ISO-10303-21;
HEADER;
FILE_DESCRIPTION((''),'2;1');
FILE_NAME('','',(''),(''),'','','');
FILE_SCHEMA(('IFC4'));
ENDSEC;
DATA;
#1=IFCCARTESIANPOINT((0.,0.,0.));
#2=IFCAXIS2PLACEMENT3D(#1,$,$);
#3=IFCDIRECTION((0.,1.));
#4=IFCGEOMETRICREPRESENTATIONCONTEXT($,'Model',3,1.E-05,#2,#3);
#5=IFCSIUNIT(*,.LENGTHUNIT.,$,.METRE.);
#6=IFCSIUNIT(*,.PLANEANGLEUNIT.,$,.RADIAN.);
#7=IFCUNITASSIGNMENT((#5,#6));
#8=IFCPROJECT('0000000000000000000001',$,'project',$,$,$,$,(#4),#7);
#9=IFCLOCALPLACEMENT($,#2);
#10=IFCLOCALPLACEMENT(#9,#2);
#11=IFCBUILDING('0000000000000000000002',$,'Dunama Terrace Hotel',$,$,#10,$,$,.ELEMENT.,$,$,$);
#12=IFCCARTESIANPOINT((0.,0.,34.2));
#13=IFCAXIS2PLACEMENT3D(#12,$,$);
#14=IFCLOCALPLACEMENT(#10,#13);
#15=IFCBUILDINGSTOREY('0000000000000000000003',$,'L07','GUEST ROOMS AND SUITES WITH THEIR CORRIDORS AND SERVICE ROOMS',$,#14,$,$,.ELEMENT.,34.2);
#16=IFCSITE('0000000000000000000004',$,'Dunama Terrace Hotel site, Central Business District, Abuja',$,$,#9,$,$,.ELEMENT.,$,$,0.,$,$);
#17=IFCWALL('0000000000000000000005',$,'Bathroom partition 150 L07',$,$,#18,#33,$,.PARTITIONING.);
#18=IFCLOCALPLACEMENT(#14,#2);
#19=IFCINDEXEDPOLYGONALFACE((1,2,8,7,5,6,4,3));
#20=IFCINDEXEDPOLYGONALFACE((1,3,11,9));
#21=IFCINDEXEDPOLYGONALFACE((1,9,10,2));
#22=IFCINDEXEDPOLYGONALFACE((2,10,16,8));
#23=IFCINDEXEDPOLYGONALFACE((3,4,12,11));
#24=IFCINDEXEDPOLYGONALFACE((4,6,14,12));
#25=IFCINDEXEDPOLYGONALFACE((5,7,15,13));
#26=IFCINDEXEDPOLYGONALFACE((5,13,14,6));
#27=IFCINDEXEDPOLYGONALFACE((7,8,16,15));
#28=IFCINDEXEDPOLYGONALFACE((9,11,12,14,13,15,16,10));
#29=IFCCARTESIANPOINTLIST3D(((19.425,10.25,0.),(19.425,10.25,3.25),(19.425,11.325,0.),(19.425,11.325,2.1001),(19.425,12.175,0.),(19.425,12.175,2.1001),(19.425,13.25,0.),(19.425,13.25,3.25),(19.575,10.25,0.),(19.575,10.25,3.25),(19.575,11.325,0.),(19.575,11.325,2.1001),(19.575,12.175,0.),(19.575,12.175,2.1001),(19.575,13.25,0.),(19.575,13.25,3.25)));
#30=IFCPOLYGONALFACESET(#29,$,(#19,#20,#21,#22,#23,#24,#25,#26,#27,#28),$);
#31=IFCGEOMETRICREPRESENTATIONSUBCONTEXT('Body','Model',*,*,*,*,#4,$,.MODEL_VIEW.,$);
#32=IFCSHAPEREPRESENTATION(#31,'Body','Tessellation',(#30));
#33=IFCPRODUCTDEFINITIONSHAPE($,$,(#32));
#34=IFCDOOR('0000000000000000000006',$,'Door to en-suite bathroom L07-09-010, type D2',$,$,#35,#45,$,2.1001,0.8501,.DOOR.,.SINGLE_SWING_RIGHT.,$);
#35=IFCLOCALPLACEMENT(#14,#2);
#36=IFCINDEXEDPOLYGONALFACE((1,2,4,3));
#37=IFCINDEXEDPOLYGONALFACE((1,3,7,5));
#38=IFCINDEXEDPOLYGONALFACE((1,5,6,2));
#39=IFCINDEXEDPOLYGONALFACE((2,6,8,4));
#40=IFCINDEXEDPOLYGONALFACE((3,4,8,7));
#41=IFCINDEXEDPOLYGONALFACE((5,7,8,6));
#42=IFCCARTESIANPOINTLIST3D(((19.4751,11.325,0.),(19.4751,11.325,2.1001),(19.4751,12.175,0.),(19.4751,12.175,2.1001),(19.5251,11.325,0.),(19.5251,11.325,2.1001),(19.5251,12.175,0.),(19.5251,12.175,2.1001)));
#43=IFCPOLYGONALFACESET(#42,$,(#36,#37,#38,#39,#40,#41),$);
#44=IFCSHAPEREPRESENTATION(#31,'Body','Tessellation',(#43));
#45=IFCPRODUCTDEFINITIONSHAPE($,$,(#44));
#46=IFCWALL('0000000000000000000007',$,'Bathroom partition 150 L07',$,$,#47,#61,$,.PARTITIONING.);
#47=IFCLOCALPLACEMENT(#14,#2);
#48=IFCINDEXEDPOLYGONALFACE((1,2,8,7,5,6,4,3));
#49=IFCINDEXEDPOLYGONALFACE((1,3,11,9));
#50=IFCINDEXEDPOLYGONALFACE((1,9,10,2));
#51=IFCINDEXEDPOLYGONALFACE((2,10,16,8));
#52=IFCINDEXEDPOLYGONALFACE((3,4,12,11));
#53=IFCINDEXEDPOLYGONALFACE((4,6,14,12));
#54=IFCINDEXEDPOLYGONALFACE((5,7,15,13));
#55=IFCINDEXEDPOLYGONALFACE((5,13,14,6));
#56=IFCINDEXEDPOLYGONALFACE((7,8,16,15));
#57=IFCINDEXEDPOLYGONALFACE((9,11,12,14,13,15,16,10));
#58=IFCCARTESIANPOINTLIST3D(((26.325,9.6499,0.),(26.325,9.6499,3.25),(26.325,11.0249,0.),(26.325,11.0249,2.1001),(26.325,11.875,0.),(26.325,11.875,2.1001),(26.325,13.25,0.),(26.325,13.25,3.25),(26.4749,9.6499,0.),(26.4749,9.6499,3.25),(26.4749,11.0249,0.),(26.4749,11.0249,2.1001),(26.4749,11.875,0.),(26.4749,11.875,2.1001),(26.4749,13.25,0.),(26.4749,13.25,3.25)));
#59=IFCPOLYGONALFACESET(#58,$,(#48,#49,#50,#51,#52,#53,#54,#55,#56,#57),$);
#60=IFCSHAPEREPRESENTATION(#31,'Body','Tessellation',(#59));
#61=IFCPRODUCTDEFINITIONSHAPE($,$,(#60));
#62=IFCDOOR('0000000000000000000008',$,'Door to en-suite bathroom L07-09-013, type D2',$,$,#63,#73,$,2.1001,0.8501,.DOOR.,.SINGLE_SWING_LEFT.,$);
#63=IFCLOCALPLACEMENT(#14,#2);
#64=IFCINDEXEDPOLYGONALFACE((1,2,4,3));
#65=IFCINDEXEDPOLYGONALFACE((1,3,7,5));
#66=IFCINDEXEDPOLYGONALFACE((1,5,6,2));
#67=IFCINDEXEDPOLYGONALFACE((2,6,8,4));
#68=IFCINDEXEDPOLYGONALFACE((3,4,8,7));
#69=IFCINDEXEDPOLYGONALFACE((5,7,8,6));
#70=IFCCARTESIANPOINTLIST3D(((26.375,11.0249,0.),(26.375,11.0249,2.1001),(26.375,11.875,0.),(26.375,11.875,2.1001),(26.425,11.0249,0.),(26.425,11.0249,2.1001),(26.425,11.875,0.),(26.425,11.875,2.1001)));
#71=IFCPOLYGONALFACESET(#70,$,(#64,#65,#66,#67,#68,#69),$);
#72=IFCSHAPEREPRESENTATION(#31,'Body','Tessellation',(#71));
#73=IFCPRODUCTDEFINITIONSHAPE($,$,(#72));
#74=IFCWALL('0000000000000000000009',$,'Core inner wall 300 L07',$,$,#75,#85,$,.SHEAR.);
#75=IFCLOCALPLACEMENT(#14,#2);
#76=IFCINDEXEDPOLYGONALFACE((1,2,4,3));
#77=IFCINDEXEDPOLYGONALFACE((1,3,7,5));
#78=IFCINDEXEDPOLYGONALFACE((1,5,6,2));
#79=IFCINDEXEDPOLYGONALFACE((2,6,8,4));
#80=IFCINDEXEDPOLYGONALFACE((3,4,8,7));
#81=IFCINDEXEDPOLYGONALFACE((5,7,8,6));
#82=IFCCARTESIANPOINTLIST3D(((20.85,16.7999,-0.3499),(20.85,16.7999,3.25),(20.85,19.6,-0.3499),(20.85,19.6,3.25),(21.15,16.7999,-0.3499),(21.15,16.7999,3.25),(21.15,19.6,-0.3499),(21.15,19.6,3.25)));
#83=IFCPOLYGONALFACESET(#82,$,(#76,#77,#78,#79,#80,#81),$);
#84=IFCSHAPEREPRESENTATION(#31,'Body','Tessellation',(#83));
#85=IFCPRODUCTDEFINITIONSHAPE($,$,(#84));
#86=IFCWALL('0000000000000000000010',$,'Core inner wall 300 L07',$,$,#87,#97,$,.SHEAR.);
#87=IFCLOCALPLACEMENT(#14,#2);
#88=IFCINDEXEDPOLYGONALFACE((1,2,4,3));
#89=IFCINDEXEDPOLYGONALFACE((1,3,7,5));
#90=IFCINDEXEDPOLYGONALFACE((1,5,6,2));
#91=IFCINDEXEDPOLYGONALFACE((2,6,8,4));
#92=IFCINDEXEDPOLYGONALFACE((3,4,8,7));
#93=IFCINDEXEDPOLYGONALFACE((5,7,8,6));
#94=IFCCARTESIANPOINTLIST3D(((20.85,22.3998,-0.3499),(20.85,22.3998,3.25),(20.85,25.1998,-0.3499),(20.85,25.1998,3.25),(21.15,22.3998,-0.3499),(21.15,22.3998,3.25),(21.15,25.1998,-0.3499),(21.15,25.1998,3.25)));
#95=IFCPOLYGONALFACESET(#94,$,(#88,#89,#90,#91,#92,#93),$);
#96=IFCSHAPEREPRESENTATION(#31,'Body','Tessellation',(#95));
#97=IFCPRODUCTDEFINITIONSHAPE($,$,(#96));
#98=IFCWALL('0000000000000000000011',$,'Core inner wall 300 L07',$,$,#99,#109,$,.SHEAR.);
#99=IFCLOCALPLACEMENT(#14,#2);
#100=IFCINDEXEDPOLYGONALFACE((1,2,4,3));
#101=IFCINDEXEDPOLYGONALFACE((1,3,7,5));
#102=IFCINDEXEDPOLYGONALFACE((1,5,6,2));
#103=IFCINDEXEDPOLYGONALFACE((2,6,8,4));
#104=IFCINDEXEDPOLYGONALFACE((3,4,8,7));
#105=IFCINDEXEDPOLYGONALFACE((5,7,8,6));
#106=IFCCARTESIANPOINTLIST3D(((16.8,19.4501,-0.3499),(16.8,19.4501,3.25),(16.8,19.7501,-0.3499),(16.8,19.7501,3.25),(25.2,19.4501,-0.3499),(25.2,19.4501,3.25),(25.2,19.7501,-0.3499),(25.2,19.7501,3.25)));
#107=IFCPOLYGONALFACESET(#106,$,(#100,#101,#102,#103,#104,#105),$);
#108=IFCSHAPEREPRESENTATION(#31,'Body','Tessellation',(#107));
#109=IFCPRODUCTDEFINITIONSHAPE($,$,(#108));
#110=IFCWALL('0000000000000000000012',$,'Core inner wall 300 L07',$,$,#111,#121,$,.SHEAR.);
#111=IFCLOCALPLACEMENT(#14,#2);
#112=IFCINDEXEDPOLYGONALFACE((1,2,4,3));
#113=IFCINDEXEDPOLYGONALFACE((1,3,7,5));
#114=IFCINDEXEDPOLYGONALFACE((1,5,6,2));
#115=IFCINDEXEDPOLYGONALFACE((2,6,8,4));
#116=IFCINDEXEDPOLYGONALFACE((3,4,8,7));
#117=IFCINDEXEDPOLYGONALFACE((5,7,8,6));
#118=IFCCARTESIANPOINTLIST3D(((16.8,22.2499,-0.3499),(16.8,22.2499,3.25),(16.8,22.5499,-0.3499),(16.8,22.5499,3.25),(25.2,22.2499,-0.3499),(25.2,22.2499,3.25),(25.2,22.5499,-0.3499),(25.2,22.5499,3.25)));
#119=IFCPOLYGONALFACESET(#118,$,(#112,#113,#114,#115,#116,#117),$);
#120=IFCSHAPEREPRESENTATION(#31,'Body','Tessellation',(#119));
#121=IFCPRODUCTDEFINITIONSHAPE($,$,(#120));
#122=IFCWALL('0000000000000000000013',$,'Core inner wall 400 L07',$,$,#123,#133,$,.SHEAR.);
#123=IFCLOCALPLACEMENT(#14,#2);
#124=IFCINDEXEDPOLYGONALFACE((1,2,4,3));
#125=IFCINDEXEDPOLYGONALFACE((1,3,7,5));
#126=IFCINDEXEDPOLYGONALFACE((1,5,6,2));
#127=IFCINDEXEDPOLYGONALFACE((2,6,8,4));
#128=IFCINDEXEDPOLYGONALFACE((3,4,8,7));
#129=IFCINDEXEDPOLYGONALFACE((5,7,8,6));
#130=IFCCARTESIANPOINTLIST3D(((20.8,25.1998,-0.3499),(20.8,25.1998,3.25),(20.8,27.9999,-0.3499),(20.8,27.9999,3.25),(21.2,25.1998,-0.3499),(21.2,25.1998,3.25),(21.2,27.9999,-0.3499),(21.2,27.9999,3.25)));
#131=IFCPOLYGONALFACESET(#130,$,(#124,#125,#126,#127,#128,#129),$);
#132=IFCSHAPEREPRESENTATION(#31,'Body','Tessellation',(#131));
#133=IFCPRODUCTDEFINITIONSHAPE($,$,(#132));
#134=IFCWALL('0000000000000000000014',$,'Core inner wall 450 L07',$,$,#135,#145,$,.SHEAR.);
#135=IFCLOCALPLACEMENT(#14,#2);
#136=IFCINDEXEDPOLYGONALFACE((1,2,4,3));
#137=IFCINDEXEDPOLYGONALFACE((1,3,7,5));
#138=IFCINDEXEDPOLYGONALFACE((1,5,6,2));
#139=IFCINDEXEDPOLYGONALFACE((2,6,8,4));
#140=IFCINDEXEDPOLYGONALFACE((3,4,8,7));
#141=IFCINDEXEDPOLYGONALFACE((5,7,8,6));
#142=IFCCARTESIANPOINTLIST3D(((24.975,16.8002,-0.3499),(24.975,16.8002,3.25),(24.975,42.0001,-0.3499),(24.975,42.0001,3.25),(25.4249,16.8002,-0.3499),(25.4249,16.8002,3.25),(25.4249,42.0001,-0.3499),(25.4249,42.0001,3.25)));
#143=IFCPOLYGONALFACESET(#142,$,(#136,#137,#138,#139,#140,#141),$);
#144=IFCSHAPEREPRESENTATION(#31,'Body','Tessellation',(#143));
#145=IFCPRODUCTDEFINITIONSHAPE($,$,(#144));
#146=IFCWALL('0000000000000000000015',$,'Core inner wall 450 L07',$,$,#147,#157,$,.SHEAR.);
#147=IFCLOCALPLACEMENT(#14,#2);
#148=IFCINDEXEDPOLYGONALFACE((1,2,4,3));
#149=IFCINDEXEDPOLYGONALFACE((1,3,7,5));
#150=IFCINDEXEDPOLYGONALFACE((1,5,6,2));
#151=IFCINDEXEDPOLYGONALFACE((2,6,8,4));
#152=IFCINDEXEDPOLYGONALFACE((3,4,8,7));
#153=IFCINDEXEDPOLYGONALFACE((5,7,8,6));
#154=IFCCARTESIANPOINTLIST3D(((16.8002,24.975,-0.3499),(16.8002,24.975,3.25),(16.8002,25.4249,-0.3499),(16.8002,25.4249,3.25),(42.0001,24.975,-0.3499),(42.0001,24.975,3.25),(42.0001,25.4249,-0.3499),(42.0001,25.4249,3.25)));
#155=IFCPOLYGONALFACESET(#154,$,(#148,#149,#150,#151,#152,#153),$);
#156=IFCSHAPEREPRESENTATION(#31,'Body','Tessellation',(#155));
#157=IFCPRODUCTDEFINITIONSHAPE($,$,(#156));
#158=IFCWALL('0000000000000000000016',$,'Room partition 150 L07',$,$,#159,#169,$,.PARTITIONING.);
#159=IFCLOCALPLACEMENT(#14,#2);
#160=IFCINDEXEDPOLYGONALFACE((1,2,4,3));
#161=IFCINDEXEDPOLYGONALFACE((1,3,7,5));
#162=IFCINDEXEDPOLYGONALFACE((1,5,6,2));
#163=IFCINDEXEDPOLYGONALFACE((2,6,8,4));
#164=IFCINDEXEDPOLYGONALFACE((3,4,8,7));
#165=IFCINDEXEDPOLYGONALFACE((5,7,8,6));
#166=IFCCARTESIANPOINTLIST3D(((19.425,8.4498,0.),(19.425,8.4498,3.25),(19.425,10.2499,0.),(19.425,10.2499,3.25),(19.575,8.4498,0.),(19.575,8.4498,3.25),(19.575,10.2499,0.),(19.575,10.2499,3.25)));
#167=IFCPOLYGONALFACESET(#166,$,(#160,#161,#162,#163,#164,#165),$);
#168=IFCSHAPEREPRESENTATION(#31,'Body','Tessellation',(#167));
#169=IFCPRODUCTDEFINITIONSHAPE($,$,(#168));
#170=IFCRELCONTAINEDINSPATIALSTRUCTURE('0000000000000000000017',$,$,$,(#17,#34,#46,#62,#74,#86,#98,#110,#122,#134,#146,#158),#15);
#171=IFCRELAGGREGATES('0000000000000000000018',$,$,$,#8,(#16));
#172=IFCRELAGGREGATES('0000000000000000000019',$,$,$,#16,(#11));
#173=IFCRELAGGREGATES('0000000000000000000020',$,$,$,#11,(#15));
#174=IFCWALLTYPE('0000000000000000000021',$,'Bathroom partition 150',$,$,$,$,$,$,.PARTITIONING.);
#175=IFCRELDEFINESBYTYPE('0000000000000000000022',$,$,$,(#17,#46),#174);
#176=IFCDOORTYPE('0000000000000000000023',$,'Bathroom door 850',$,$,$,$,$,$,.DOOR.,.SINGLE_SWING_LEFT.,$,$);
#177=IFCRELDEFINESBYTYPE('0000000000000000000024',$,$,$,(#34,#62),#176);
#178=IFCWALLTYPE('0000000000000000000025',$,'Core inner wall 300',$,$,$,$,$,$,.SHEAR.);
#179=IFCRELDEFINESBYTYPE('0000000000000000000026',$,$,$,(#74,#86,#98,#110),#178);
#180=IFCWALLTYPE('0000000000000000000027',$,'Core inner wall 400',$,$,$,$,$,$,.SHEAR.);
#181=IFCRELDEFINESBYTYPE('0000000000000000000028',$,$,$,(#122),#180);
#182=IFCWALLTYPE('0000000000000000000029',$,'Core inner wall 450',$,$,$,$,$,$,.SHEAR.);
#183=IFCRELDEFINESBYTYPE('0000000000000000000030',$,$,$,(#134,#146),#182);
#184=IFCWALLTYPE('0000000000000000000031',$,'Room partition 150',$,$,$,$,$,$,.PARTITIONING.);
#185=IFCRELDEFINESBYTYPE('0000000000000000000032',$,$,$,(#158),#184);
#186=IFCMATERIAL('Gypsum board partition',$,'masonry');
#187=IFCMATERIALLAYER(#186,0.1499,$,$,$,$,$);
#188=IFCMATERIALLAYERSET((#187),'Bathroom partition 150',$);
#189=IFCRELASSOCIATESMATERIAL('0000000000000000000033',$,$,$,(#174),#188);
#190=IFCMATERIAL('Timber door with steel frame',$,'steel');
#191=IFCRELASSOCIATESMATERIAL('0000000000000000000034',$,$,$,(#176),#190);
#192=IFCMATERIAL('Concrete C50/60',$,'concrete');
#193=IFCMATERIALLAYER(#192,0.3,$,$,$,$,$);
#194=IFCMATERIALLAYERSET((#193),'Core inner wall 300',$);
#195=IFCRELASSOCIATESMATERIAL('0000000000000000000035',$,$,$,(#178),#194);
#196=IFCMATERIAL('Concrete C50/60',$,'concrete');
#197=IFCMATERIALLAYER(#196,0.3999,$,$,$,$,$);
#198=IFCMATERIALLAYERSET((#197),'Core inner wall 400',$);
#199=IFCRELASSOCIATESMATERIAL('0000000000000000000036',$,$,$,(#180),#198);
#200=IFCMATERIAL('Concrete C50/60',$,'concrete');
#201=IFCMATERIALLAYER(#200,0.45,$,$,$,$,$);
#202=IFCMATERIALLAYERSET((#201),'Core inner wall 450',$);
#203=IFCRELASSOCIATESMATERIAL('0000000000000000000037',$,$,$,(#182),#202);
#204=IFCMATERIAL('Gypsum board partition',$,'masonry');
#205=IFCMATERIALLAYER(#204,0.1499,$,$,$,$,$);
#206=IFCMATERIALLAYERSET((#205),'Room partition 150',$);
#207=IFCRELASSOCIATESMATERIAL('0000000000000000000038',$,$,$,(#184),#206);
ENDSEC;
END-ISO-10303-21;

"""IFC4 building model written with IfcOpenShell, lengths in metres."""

from ifc_helpers import new_model, si_unit, direction, frame, frame_2d, origin, place, context, subcontext, project, spatial, rectangle, extrude, material, layer, layer_set, type_object, element, fill, save


model = new_model("IFC4")

# Units and contexts
model_context = context("Model", 3, precision=1e-05, world=origin(), true_north=direction((0.0, 1.0)))
body_context = subcontext(model_context, "Body", "Model", "MODEL_VIEW")
ifc_project = project(units=[si_unit("LENGTHUNIT", "METRE"), si_unit("PLANEANGLEUNIT", "RADIAN")], contexts=[model_context])

# Site, building, storey
site_placement = place(None, origin())
site = spatial("IfcSite", under=ifc_project, at=site_placement, Name="Dunama Terrace Hotel site, Central Business District, Abuja", CompositionType="ELEMENT", RefElevation=0.0)
building_placement = place(site_placement, origin())
building = spatial("IfcBuilding", under=site, at=building_placement, Name="Dunama Terrace Hotel", CompositionType="ELEMENT")
storey_placement = place(building_placement, frame((0.0, 0.0, 34.2)))
storey = spatial("IfcBuildingStorey", under=building, at=storey_placement, Name="L07", Description="GUEST ROOMS AND SUITES WITH THEIR CORRIDORS AND SERVICE ROOMS", CompositionType="ELEMENT", Elevation=34.2)

# Walls, openings, doors
ifc_material_1 = material(Name="Gypsum board partition", Category="masonry")
ifc_layer_1 = layer(ifc_material_1, 0.1499)
ifc_layer_set_1 = layer_set([ifc_layer_1], Name="Bathroom partition 150")
wall_type_1 = type_object("IfcWallType", Name="Bathroom partition 150", PredefinedType="PARTITIONING", material=ifc_layer_set_1)
wall_1_placement = place(storey_placement, frame((19.5, 10.25, 0.0), z_axis=(0.0, 0.0, 1.0), x_axis=(0.0, 1.0, 0.0)))
wall_1 = element("IfcWall", 1, at=wall_1_placement, inside=storey, type_object=wall_type_1, Name="Bathroom partition 150 L07", PredefinedType="PARTITIONING", context=body_context, shape_type="SweptSolid", body=[
    extrude(rectangle(XDim=3.0, YDim=0.1499, at=frame_2d((1.5, 0.0))), origin(), (0.0, 0.0, 1.0), 3.25),
])
opening_1_placement = place(wall_1_placement, frame((1.075, 0.0, 0.0)))
opening_1 = element("IfcOpeningElement", 2, at=opening_1_placement, cuts=wall_1, PredefinedType="OPENING", context=body_context, shape_type="SweptSolid", body=[
    extrude(rectangle(XDim=0.8501, YDim=2.1001, at=frame_2d((0.425, 1.05))), frame((0.0, 0.085, 0.0), z_axis=(0.0, -1.0, 0.0), x_axis=(1.0, 0.0, 0.0)), (0.0, 0.0, 1.0), 0.1699),
])
ifc_material_2 = material(Name="Timber door with steel frame", Category="steel")
door_type_1 = type_object("IfcDoorType", Name="Bathroom door 850", OperationType="SINGLE_SWING_LEFT", PredefinedType="DOOR", material=ifc_material_2)
door_1_placement = place(opening_1_placement, origin())
door_1 = element("IfcDoor", 3, at=door_1_placement, inside=storey, type_object=door_type_1, Name="Door to en-suite bathroom L07-09-010, type D2", OperationType="SINGLE_SWING_RIGHT", OverallHeight=2.1001, OverallWidth=0.8501, PredefinedType="DOOR", context=body_context, shape_type="SweptSolid", body=[
    extrude(rectangle(XDim=0.8501, YDim=2.1001, at=frame_2d((0.425, 1.05))), frame((0.0, 0.0249, 0.0), z_axis=(0.0, -1.0, 0.0), x_axis=(1.0, 0.0, 0.0)), (0.0, 0.0, 1.0), 0.05),
])
fill(opening_1, door_1)
wall_2_placement = place(storey_placement, frame((26.3999, 9.6499, 0.0), z_axis=(0.0, 0.0, 1.0), x_axis=(0.0, 1.0, 0.0)))
wall_2 = element("IfcWall", 4, at=wall_2_placement, inside=storey, type_object=wall_type_1, Name="Bathroom partition 150 L07", PredefinedType="PARTITIONING", context=body_context, shape_type="SweptSolid", body=[
    extrude(rectangle(XDim=3.6001, YDim=0.1499, at=frame_2d((1.8, 0.0))), origin(), (0.0, 0.0, 1.0), 3.25),
])
opening_2_placement = place(wall_2_placement, frame((1.375, 0.0, 0.0)))
opening_2 = element("IfcOpeningElement", 5, at=opening_2_placement, cuts=wall_2, PredefinedType="OPENING", context=body_context, shape_type="SweptSolid", body=[
    extrude(rectangle(XDim=0.8501, YDim=2.1001, at=frame_2d((0.425, 1.05))), frame((0.0, 0.085, 0.0), z_axis=(0.0, -1.0, 0.0), x_axis=(1.0, 0.0, 0.0)), (0.0, 0.0, 1.0), 0.1699),
])
door_2_placement = place(opening_2_placement, frame((0.8501, 0.0, 0.0), z_axis=(0.0, 0.0, 1.0), x_axis=(-1.0, 0.0, 0.0)))
door_2 = element("IfcDoor", 6, at=door_2_placement, inside=storey, type_object=door_type_1, Name="Door to en-suite bathroom L07-09-013, type D2", OperationType="SINGLE_SWING_LEFT", OverallHeight=2.1001, OverallWidth=0.8501, PredefinedType="DOOR", context=body_context, shape_type="SweptSolid", body=[
    extrude(rectangle(XDim=0.8501, YDim=2.1001, at=frame_2d((0.425, 1.05))), frame((0.0, 0.0251, 0.0), z_axis=(0.0, -1.0, 0.0), x_axis=(1.0, 0.0, 0.0)), (0.0, 0.0, 1.0), 0.05),
])
fill(opening_2, door_2)

# Walls
ifc_material_3 = material(Name="Concrete C50/60", Category="concrete")
ifc_layer_2 = layer(ifc_material_3, 0.3)
ifc_layer_set_2 = layer_set([ifc_layer_2], Name="Core inner wall 300")
wall_type_2 = type_object("IfcWallType", Name="Core inner wall 300", PredefinedType="SHEAR", material=ifc_layer_set_2)
for number, where, z_axis, x_axis, name in (
    (7, (21.0, 16.8, -0.3499), (0.0, 0.0, 1.0), (0.0, 1.0, 0.0), "Core inner wall 300 L07"),
    (8, (21.0, 22.3999, -0.3499), (0.0, 0.0, 1.0), (0.0, 1.0, 0.0), "Core inner wall 300 L07"),
):
    element("IfcWall", number, at=place(storey_placement, frame(where, z_axis=z_axis, x_axis=x_axis)), inside=storey, type_object=wall_type_2, Name=name, PredefinedType="SHEAR", context=body_context, shape_type="SweptSolid", body=[
        extrude(rectangle(XDim=2.8, YDim=0.3, at=frame_2d((1.3999, 0.0))), origin(), (0.0, 0.0, 1.0), 3.5999),
    ])
for number, where, z_axis, x_axis, name in (
    (9, (16.8, 19.6001, -0.3499), (0.0, 0.0, 1.0), (1.0, 0.0, 0.0), "Core inner wall 300 L07"),
    (10, (16.8, 22.3999, -0.3499), (0.0, 0.0, 1.0), (1.0, 0.0, 0.0), "Core inner wall 300 L07"),
):
    element("IfcWall", number, at=place(storey_placement, frame(where, z_axis=z_axis, x_axis=x_axis)), inside=storey, type_object=wall_type_2, Name=name, PredefinedType="SHEAR", context=body_context, shape_type="SweptSolid", body=[
        extrude(rectangle(XDim=8.3999, YDim=0.3, at=frame_2d((4.2, 0.0))), origin(), (0.0, 0.0, 1.0), 3.5999),
    ])
ifc_material_4 = material(Name="Concrete C50/60", Category="concrete")
ifc_layer_3 = layer(ifc_material_4, 0.3999)
ifc_layer_set_3 = layer_set([ifc_layer_3], Name="Core inner wall 400")
wall_type_3 = type_object("IfcWallType", Name="Core inner wall 400", PredefinedType="SHEAR", material=ifc_layer_set_3)
wall_3_placement = place(storey_placement, frame((21.0, 25.2, -0.3499), z_axis=(0.0, 0.0, 1.0), x_axis=(0.0, 1.0, 0.0)))
element("IfcWall", 11, at=wall_3_placement, inside=storey, type_object=wall_type_3, Name="Core inner wall 400 L07", PredefinedType="SHEAR", context=body_context, shape_type="SweptSolid", body=[
    extrude(rectangle(XDim=2.8, YDim=0.3999, at=frame_2d((1.3999, 0.0))), origin(), (0.0, 0.0, 1.0), 3.5999),
])
ifc_material_5 = material(Name="Concrete C50/60", Category="concrete")
ifc_layer_4 = layer(ifc_material_5, 0.45)
ifc_layer_set_4 = layer_set([ifc_layer_4], Name="Core inner wall 450")
wall_type_4 = type_object("IfcWallType", Name="Core inner wall 450", PredefinedType="SHEAR", material=ifc_layer_set_4)
for number, where, z_axis, x_axis, name in (
    (12, (25.2, 16.8, -0.3499), (0.0, 0.0, 1.0), (0.0, 1.0, 0.0), "Core inner wall 450 L07"),
    (13, (16.8, 25.2, -0.3499), (0.0, 0.0, 1.0), (1.0, 0.0, 0.0), "Core inner wall 450 L07"),
):
    element("IfcWall", number, at=place(storey_placement, frame(where, z_axis=z_axis, x_axis=x_axis)), inside=storey, type_object=wall_type_4, Name=name, PredefinedType="SHEAR", context=body_context, shape_type="SweptSolid", body=[
        extrude(rectangle(XDim=25.2, YDim=0.45, at=frame_2d((12.6001, 0.0))), origin(), (0.0, 0.0, 1.0), 3.5999),
    ])
ifc_material_6 = material(Name="Gypsum board partition", Category="masonry")
ifc_layer_5 = layer(ifc_material_6, 0.1499)
ifc_layer_set_5 = layer_set([ifc_layer_5], Name="Room partition 150")
wall_type_5 = type_object("IfcWallType", Name="Room partition 150", PredefinedType="PARTITIONING", material=ifc_layer_set_5)
wall_4_placement = place(storey_placement, frame((19.5, 8.45, 0.0), z_axis=(0.0, 0.0, 1.0), x_axis=(0.0, 1.0, 0.0)))
element("IfcWall", 14, at=wall_4_placement, inside=storey, type_object=wall_type_5, Name="Room partition 150 L07", PredefinedType="PARTITIONING", context=body_context, shape_type="SweptSolid", body=[
    extrude(rectangle(XDim=1.8, YDim=0.1499, at=frame_2d((0.8999, 0.0))), origin(), (0.0, 0.0, 1.0), 3.25),
])

save(model, "model.ifc")
